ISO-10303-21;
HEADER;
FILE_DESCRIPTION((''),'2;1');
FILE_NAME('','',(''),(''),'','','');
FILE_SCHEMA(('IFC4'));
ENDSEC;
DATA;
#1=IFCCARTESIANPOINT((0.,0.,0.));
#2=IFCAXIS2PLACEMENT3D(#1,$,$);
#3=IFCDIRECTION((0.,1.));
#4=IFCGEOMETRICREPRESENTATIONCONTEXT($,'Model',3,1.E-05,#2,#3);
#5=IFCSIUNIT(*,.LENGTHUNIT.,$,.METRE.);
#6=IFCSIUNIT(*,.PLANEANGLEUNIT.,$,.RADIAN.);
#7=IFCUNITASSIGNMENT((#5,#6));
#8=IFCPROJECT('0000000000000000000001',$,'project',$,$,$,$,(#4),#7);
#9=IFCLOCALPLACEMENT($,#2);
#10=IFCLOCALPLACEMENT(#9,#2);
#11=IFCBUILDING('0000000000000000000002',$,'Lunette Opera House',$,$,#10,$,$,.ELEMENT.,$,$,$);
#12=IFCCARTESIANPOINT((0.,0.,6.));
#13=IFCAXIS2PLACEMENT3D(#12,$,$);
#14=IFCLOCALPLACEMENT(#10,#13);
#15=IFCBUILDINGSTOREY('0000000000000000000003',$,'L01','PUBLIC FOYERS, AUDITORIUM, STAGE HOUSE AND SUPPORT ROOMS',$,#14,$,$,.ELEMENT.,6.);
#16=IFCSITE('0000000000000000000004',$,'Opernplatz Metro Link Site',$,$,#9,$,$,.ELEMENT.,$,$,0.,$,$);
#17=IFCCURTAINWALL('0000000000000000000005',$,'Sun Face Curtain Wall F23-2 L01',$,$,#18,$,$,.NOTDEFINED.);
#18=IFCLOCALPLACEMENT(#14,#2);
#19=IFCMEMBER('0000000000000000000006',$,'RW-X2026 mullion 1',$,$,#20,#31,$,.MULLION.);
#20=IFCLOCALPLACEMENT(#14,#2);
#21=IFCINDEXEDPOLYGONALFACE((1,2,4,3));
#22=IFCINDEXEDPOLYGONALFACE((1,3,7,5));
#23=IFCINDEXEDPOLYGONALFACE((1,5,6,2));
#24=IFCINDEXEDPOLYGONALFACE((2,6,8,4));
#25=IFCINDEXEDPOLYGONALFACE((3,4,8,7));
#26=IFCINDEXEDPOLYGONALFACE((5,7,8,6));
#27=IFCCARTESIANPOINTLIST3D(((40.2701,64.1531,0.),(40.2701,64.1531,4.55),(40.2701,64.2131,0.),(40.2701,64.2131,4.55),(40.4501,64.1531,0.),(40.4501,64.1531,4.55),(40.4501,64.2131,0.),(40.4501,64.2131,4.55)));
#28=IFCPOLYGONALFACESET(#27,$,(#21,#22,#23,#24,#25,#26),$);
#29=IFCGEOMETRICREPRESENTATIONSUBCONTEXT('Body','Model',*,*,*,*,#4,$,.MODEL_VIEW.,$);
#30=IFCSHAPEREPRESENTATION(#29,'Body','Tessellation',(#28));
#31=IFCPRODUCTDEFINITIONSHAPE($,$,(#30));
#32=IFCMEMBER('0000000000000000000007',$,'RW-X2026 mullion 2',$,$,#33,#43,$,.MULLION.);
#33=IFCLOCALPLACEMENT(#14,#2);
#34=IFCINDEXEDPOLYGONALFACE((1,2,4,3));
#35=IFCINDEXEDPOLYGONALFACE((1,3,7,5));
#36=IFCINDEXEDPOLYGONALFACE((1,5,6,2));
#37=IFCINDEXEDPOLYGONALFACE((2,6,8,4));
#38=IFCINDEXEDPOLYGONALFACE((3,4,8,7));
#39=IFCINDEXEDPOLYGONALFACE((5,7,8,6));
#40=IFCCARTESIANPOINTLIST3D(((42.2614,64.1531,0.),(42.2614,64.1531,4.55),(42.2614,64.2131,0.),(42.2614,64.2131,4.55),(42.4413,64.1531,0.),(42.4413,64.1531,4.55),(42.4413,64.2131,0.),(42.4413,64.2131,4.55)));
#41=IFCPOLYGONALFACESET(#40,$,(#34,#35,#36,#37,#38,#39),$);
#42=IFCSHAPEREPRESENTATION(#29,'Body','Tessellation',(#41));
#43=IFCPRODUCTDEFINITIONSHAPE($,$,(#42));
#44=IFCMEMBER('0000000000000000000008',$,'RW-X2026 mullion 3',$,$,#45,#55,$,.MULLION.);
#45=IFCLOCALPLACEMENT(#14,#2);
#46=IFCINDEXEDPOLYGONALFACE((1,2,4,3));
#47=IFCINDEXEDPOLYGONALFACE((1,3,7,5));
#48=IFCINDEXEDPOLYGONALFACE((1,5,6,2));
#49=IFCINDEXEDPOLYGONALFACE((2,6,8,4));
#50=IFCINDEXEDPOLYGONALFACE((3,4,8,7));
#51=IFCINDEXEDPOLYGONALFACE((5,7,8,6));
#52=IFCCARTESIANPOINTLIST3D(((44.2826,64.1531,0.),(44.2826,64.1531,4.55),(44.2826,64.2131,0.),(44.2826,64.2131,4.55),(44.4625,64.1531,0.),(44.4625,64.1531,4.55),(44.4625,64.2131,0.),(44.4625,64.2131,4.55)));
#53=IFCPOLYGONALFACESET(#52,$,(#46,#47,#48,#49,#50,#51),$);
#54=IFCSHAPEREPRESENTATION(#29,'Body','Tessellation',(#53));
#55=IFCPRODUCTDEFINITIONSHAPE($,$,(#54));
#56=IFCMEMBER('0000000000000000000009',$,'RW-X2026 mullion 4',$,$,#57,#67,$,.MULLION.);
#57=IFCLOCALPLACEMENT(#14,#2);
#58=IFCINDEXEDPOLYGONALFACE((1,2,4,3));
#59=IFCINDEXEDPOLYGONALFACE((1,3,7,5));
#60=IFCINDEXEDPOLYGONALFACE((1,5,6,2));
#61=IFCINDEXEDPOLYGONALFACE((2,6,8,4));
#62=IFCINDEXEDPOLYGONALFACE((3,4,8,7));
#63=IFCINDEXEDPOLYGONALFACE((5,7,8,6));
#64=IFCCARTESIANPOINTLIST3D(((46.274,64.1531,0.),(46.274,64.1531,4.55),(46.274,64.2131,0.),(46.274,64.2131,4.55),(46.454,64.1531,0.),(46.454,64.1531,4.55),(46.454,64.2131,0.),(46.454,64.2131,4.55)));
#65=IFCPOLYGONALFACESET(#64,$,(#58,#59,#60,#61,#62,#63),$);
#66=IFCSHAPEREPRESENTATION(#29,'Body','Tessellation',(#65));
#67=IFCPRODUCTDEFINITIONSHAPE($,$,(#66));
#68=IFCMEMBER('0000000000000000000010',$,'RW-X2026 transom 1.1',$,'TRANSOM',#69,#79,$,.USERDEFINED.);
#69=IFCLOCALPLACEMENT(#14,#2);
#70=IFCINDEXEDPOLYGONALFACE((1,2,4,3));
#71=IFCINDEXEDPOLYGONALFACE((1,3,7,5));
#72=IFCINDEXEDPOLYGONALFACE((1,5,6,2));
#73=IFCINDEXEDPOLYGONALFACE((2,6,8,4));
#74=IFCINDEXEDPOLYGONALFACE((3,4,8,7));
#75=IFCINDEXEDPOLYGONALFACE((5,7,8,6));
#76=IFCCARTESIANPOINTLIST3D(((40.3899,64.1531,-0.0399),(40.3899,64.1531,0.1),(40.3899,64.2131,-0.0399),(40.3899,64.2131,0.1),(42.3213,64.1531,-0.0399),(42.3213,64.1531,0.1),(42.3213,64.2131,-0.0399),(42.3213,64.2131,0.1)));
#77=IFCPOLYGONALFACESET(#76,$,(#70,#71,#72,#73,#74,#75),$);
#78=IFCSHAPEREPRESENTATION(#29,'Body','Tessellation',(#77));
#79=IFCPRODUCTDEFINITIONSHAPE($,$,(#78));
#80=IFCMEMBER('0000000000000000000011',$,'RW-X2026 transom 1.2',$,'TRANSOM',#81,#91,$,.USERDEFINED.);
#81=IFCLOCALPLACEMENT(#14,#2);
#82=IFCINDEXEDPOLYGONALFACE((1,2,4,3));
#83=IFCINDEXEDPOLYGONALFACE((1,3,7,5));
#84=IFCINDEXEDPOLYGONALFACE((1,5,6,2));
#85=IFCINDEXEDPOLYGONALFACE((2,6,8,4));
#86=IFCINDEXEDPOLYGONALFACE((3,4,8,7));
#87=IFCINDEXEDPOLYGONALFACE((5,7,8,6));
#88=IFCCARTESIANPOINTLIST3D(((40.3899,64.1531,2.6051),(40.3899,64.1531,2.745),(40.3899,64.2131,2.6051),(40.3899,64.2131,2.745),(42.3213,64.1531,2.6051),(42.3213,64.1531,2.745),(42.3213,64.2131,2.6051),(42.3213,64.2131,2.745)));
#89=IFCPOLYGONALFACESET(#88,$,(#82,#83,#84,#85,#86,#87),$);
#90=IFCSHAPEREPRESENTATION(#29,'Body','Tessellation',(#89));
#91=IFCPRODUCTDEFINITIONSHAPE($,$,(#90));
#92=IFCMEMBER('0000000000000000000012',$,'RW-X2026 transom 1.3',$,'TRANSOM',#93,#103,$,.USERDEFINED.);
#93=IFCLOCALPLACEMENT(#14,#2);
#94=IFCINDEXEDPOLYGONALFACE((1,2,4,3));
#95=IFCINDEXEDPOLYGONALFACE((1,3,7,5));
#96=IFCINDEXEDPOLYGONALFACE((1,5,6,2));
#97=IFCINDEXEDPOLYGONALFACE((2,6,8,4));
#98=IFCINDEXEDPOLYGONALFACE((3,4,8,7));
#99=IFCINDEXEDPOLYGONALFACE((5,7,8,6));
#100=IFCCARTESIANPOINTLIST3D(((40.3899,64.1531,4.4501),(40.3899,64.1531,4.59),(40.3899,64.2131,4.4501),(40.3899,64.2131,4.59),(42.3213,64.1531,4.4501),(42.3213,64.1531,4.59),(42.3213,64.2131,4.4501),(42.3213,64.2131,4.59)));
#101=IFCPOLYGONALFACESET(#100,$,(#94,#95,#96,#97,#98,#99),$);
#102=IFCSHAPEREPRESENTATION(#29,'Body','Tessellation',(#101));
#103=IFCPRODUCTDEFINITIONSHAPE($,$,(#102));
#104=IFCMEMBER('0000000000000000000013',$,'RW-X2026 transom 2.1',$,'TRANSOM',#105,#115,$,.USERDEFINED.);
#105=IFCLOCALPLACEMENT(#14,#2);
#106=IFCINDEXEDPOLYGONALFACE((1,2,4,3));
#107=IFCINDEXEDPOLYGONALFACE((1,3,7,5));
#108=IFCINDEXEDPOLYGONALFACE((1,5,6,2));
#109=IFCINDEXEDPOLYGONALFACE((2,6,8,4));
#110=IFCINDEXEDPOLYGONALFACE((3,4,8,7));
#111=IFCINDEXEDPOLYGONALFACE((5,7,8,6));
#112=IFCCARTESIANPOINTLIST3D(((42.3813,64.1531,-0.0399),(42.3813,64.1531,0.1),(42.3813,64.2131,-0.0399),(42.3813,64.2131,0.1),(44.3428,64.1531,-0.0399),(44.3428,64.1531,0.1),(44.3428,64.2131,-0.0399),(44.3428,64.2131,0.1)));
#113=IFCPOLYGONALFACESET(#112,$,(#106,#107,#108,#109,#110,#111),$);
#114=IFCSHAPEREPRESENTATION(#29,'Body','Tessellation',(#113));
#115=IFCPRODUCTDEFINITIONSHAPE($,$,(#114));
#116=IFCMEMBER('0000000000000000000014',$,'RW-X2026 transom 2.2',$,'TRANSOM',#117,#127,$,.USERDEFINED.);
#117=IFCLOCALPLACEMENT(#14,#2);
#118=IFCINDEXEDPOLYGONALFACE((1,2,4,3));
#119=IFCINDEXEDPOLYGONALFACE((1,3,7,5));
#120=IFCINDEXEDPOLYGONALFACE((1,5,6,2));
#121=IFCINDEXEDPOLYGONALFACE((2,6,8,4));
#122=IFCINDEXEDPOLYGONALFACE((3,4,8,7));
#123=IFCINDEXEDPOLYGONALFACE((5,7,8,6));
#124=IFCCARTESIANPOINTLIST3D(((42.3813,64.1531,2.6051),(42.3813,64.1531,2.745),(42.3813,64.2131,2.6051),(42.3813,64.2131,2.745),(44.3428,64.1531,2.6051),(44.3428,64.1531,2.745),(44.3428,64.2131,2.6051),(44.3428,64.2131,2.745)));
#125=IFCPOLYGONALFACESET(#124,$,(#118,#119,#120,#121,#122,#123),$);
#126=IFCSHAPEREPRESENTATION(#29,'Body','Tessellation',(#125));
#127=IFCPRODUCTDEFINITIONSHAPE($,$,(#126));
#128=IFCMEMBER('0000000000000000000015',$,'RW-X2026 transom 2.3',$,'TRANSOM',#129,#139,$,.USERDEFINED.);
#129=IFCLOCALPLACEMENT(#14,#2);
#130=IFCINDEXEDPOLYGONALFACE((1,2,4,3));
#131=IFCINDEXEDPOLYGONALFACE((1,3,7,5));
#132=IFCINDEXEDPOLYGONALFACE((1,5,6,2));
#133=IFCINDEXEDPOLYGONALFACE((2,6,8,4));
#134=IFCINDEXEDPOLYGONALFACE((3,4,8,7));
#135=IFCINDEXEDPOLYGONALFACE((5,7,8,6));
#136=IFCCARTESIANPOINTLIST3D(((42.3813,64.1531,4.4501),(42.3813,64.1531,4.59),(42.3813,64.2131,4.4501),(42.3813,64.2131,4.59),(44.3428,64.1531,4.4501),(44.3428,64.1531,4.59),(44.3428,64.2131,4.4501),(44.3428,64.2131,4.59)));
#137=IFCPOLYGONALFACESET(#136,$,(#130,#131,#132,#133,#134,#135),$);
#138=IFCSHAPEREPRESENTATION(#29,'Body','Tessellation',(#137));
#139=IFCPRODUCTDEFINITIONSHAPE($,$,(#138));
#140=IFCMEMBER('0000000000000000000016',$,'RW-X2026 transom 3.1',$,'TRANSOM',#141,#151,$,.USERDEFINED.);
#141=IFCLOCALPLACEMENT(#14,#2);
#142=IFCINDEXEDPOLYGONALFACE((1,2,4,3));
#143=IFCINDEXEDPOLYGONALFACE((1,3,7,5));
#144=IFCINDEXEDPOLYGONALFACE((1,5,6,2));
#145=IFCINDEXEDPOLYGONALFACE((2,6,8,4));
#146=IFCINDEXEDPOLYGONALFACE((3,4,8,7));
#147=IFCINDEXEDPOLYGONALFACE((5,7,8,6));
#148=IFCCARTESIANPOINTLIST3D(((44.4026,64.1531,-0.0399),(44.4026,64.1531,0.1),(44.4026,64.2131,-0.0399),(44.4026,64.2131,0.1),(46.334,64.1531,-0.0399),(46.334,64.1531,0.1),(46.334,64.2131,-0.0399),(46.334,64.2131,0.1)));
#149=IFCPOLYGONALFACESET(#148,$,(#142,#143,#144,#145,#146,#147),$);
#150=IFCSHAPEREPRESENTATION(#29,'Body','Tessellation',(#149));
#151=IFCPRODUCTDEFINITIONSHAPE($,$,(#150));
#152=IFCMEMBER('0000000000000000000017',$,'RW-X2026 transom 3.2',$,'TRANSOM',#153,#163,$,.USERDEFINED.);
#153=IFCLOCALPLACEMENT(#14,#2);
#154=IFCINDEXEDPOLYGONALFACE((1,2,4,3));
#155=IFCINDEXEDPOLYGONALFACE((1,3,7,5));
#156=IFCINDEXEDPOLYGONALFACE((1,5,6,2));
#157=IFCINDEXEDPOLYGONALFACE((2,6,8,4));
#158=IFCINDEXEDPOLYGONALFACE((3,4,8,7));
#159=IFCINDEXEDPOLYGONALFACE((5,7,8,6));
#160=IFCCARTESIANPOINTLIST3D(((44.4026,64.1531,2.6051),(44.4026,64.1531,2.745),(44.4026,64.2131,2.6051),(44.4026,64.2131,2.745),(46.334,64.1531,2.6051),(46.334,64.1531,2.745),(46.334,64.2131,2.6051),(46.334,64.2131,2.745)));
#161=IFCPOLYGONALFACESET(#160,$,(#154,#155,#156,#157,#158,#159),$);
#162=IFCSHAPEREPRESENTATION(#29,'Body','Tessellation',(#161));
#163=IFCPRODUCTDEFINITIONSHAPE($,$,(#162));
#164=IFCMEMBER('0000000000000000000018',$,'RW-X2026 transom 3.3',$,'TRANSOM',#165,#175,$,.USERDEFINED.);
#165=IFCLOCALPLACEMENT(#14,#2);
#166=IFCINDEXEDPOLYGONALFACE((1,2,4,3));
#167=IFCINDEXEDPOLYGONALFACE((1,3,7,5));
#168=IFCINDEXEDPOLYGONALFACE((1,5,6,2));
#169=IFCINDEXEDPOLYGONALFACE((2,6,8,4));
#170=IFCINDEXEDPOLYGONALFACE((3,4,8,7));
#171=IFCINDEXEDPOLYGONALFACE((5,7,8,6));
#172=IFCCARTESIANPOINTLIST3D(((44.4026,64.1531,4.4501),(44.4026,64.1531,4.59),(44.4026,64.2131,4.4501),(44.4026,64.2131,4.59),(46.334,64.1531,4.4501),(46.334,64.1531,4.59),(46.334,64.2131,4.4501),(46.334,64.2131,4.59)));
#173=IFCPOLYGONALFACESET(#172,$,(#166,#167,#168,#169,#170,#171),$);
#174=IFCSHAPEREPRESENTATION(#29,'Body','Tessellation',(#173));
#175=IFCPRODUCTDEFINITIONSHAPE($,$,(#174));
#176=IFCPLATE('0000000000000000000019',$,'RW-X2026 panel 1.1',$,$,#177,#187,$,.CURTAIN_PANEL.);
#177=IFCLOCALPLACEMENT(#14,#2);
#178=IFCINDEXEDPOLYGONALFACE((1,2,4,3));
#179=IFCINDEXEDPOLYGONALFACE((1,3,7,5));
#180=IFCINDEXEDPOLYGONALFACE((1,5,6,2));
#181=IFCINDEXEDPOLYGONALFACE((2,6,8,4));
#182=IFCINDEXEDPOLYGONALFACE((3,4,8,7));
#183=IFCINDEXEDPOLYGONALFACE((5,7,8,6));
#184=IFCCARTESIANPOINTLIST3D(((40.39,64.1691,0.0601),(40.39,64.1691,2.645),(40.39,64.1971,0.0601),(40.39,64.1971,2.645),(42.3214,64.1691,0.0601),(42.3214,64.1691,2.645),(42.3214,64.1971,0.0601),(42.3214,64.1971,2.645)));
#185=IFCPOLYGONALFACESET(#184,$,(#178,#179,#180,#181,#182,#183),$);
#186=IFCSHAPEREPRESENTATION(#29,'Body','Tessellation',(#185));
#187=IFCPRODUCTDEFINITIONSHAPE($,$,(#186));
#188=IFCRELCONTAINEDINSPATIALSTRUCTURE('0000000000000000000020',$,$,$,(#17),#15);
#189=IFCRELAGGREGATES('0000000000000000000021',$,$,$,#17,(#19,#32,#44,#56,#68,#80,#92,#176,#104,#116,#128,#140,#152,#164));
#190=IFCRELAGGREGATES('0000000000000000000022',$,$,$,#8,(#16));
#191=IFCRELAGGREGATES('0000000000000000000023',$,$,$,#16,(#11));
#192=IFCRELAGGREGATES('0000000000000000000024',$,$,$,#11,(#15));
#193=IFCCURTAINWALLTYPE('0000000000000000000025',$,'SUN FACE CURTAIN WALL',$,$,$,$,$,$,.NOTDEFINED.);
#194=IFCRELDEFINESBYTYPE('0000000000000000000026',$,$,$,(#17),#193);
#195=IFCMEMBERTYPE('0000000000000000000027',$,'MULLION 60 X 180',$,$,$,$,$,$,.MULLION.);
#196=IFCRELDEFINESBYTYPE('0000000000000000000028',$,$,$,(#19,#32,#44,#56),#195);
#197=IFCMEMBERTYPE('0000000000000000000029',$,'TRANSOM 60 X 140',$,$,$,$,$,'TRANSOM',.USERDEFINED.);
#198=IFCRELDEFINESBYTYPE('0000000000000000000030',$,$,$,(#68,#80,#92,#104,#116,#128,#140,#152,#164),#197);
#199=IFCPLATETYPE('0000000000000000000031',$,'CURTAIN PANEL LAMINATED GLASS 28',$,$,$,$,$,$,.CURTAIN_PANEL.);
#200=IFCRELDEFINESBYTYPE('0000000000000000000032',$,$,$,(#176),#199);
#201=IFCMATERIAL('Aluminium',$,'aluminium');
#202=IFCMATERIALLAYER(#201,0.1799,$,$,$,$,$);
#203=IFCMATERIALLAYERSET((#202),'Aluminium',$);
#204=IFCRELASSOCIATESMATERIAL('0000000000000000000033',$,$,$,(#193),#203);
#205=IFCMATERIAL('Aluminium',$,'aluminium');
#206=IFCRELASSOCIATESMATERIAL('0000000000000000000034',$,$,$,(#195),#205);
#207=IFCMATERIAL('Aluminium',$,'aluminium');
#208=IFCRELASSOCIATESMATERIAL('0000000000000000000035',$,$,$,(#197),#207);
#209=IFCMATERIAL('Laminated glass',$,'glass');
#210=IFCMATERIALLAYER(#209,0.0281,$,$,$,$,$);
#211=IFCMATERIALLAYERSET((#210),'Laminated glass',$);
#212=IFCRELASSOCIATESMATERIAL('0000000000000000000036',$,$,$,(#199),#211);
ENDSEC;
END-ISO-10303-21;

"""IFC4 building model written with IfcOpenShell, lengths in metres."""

from ifc_helpers import new_model, si_unit, direction, frame, origin, origin_2d, place, context, subcontext, project, spatial, rectangle, extrude, material, layer, layer_set, material_profile, profile_set, type_object, element, aggregate, save


model = new_model("IFC4")

# Units and contexts
model_context = context("Model", 3, precision=1e-05, world=origin(), true_north=direction((0.0, 1.0)))
body_context = subcontext(model_context, "Body", "Model", "MODEL_VIEW")
ifc_project = project(units=[si_unit("LENGTHUNIT", "METRE"), si_unit("PLANEANGLEUNIT", "RADIAN")], contexts=[model_context])

# Site, building, storey
site_placement = place(None, origin())
site = spatial("IfcSite", under=ifc_project, at=site_placement, Name="Opernplatz Metro Link Site", CompositionType="ELEMENT", RefElevation=0.0)
building_placement = place(site_placement, origin())
building = spatial("IfcBuilding", under=site, at=building_placement, Name="Lunette Opera House", CompositionType="ELEMENT")
storey_placement = place(building_placement, frame((0.0, 0.0, 6.0)))
storey = spatial("IfcBuildingStorey", under=building, at=storey_placement, Name="L01", Description="PUBLIC FOYERS, AUDITORIUM, STAGE HOUSE AND SUPPORT ROOMS", CompositionType="ELEMENT", Elevation=6.0)

# Curtain wall, members, plate
ifc_material_1 = material(Name="Aluminium", Category="aluminium")
ifc_layer_1 = layer(ifc_material_1, 0.1799)
ifc_layer_set_1 = layer_set([ifc_layer_1], Name="Aluminium")
curtain_wall_type = type_object("IfcCurtainWallType", Name="SUN FACE CURTAIN WALL", PredefinedType="NOTDEFINED", material=ifc_layer_set_1)
curtain_wall_placement = place(storey_placement, origin())
curtain_wall = element("IfcCurtainWall", 1, at=curtain_wall_placement, inside=storey, type_object=curtain_wall_type, Name="Sun Face Curtain Wall F23-2 L01", PredefinedType="NOTDEFINED")
ifc_material_2 = material(Name="Aluminium", Category="aluminium")
ifc_material_profile_1 = material_profile(ifc_material_2, rectangle(XDim=0.0601, YDim=0.1799, at=origin_2d()), Name="MULLION 60 X 180")
ifc_profile_set_1 = profile_set([ifc_material_profile_1], Name="Aluminium")
member_type_1 = type_object("IfcMemberType", Name="MULLION 60 X 180", PredefinedType="MULLION", material=ifc_profile_set_1)
member_1_placement = place(storey_placement, frame((40.3601, 64.1831, 0.0), z_axis=(0.0, 0.0, 1.0), x_axis=(0.0, 1.0, 0.0)))
member_1 = element("IfcMember", 2, at=member_1_placement, type_object=member_type_1, Name="RW-X2026 mullion 1", PredefinedType="MULLION", context=body_context, shape_type="SweptSolid", body=[
    extrude(rectangle(XDim=0.0601, YDim=0.1799, at=origin_2d()), origin(), (0.0, 0.0, 1.0), 4.55),
])
member_2_placement = place(storey_placement, frame((42.3513, 64.1831, 0.0), z_axis=(0.0, 0.0, 1.0), x_axis=(0.0, 1.0, 0.0)))
member_2 = element("IfcMember", 3, at=member_2_placement, type_object=member_type_1, Name="RW-X2026 mullion 2", PredefinedType="MULLION", context=body_context, shape_type="SweptSolid", body=[
    extrude(rectangle(XDim=0.0601, YDim=0.1799, at=origin_2d()), origin(), (0.0, 0.0, 1.0), 4.55),
])
member_3_placement = place(storey_placement, frame((44.3726, 64.1831, 0.0), z_axis=(0.0, 0.0, 1.0), x_axis=(0.0, 1.0, 0.0)))
member_3 = element("IfcMember", 4, at=member_3_placement, type_object=member_type_1, Name="RW-X2026 mullion 3", PredefinedType="MULLION", context=body_context, shape_type="SweptSolid", body=[
    extrude(rectangle(XDim=0.0601, YDim=0.1799, at=origin_2d()), origin(), (0.0, 0.0, 1.0), 4.55),
])
member_4_placement = place(storey_placement, frame((46.364, 64.1831, 0.0), z_axis=(0.0, 0.0, 1.0), x_axis=(0.0, 1.0, 0.0)))
member_4 = element("IfcMember", 5, at=member_4_placement, type_object=member_type_1, Name="RW-X2026 mullion 4", PredefinedType="MULLION", context=body_context, shape_type="SweptSolid", body=[
    extrude(rectangle(XDim=0.0601, YDim=0.1799, at=origin_2d()), origin(), (0.0, 0.0, 1.0), 4.55),
])
ifc_material_3 = material(Name="Aluminium", Category="aluminium")
ifc_material_profile_2 = material_profile(ifc_material_3, rectangle(XDim=0.0601, YDim=0.1399, at=origin_2d()), Name="TRANSOM 60 X 140")
ifc_profile_set_2 = profile_set([ifc_material_profile_2], Name="Aluminium")
member_type_2 = type_object("IfcMemberType", Name="TRANSOM 60 X 140", ElementType="TRANSOM", PredefinedType="USERDEFINED", material=ifc_profile_set_2)
member_5_placement = place(storey_placement, frame((40.3899, 64.1831, 0.03), z_axis=(1.0, 0.0, 0.0), x_axis=(0.0, 1.0, 0.0)))
member_5 = element("IfcMember", 6, at=member_5_placement, type_object=member_type_2, Name="RW-X2026 transom 1.1", ObjectType="TRANSOM", PredefinedType="USERDEFINED", context=body_context, shape_type="SweptSolid", body=[
    extrude(rectangle(XDim=0.0601, YDim=0.1399, at=origin_2d()), origin(), (0.0, 0.0, 1.0), 1.9314),
])
member_6_placement = place(storey_placement, frame((40.3899, 64.1831, 2.675), z_axis=(1.0, 0.0, 0.0), x_axis=(0.0, 1.0, 0.0)))
member_6 = element("IfcMember", 7, at=member_6_placement, type_object=member_type_2, Name="RW-X2026 transom 1.2", ObjectType="TRANSOM", PredefinedType="USERDEFINED", context=body_context, shape_type="SweptSolid", body=[
    extrude(rectangle(XDim=0.0601, YDim=0.1399, at=origin_2d()), origin(), (0.0, 0.0, 1.0), 1.9314),
])
member_7_placement = place(storey_placement, frame((40.3899, 64.1831, 4.52), z_axis=(1.0, 0.0, 0.0), x_axis=(0.0, 1.0, 0.0)))
member_7 = element("IfcMember", 8, at=member_7_placement, type_object=member_type_2, Name="RW-X2026 transom 1.3", ObjectType="TRANSOM", PredefinedType="USERDEFINED", context=body_context, shape_type="SweptSolid", body=[
    extrude(rectangle(XDim=0.0601, YDim=0.1399, at=origin_2d()), origin(), (0.0, 0.0, 1.0), 1.9314),
])
member_8_placement = place(storey_placement, frame((42.3813, 64.1831, 0.03), z_axis=(1.0, 0.0, 0.0), x_axis=(0.0, 1.0, 0.0)))
member_8 = element("IfcMember", 9, at=member_8_placement, type_object=member_type_2, Name="RW-X2026 transom 2.1", ObjectType="TRANSOM", PredefinedType="USERDEFINED", context=body_context, shape_type="SweptSolid", body=[
    extrude(rectangle(XDim=0.0601, YDim=0.1399, at=origin_2d()), origin(), (0.0, 0.0, 1.0), 1.9614),
])
member_9_placement = place(storey_placement, frame((42.3813, 64.1831, 2.675), z_axis=(1.0, 0.0, 0.0), x_axis=(0.0, 1.0, 0.0)))
member_9 = element("IfcMember", 10, at=member_9_placement, type_object=member_type_2, Name="RW-X2026 transom 2.2", ObjectType="TRANSOM", PredefinedType="USERDEFINED", context=body_context, shape_type="SweptSolid", body=[
    extrude(rectangle(XDim=0.0601, YDim=0.1399, at=origin_2d()), origin(), (0.0, 0.0, 1.0), 1.9614),
])
member_10_placement = place(storey_placement, frame((42.3813, 64.1831, 4.52), z_axis=(1.0, 0.0, 0.0), x_axis=(0.0, 1.0, 0.0)))
member_10 = element("IfcMember", 11, at=member_10_placement, type_object=member_type_2, Name="RW-X2026 transom 2.3", ObjectType="TRANSOM", PredefinedType="USERDEFINED", context=body_context, shape_type="SweptSolid", body=[
    extrude(rectangle(XDim=0.0601, YDim=0.1399, at=origin_2d()), origin(), (0.0, 0.0, 1.0), 1.9614),
])
member_11_placement = place(storey_placement, frame((44.4026, 64.1831, 0.03), z_axis=(1.0, 0.0, 0.0), x_axis=(0.0, 1.0, 0.0)))
member_11 = element("IfcMember", 12, at=member_11_placement, type_object=member_type_2, Name="RW-X2026 transom 3.1", ObjectType="TRANSOM", PredefinedType="USERDEFINED", context=body_context, shape_type="SweptSolid", body=[
    extrude(rectangle(XDim=0.0601, YDim=0.1399, at=origin_2d()), origin(), (0.0, 0.0, 1.0), 1.9314),
])
member_12_placement = place(storey_placement, frame((44.4026, 64.1831, 2.675), z_axis=(1.0, 0.0, 0.0), x_axis=(0.0, 1.0, 0.0)))
member_12 = element("IfcMember", 13, at=member_12_placement, type_object=member_type_2, Name="RW-X2026 transom 3.2", ObjectType="TRANSOM", PredefinedType="USERDEFINED", context=body_context, shape_type="SweptSolid", body=[
    extrude(rectangle(XDim=0.0601, YDim=0.1399, at=origin_2d()), origin(), (0.0, 0.0, 1.0), 1.9314),
])
member_13_placement = place(storey_placement, frame((44.4026, 64.1831, 4.52), z_axis=(1.0, 0.0, 0.0), x_axis=(0.0, 1.0, 0.0)))
member_13 = element("IfcMember", 14, at=member_13_placement, type_object=member_type_2, Name="RW-X2026 transom 3.3", ObjectType="TRANSOM", PredefinedType="USERDEFINED", context=body_context, shape_type="SweptSolid", body=[
    extrude(rectangle(XDim=0.0601, YDim=0.1399, at=origin_2d()), origin(), (0.0, 0.0, 1.0), 1.9314),
])
ifc_material_4 = material(Name="Laminated glass", Category="glass")
ifc_layer_2 = layer(ifc_material_4, 0.0281)
ifc_layer_set_2 = layer_set([ifc_layer_2], Name="Laminated glass")
plate_type = type_object("IfcPlateType", Name="CURTAIN PANEL LAMINATED GLASS 28", PredefinedType="CURTAIN_PANEL", material=ifc_layer_set_2)
plate_1_placement = place(storey_placement, frame((41.3557, 64.1831, 0.0601), z_axis=(0.0, 0.0, 1.0), x_axis=(1.0, 0.0, 0.0)))
plate_1 = element("IfcPlate", 15, at=plate_1_placement, type_object=plate_type, Name="RW-X2026 panel 1.1", PredefinedType="CURTAIN_PANEL", context=body_context, shape_type="SweptSolid", body=[
    extrude(rectangle(XDim=1.9314, YDim=0.0281, at=origin_2d()), origin(), (0.0, 0.0, 1.0), 2.585),
])
aggregate(curtain_wall, [member_1, member_2, member_3, member_4, member_5, member_6, member_7, plate_1, member_8, member_9, member_10, member_11, member_12, member_13])

save(model, "model.ifc")
